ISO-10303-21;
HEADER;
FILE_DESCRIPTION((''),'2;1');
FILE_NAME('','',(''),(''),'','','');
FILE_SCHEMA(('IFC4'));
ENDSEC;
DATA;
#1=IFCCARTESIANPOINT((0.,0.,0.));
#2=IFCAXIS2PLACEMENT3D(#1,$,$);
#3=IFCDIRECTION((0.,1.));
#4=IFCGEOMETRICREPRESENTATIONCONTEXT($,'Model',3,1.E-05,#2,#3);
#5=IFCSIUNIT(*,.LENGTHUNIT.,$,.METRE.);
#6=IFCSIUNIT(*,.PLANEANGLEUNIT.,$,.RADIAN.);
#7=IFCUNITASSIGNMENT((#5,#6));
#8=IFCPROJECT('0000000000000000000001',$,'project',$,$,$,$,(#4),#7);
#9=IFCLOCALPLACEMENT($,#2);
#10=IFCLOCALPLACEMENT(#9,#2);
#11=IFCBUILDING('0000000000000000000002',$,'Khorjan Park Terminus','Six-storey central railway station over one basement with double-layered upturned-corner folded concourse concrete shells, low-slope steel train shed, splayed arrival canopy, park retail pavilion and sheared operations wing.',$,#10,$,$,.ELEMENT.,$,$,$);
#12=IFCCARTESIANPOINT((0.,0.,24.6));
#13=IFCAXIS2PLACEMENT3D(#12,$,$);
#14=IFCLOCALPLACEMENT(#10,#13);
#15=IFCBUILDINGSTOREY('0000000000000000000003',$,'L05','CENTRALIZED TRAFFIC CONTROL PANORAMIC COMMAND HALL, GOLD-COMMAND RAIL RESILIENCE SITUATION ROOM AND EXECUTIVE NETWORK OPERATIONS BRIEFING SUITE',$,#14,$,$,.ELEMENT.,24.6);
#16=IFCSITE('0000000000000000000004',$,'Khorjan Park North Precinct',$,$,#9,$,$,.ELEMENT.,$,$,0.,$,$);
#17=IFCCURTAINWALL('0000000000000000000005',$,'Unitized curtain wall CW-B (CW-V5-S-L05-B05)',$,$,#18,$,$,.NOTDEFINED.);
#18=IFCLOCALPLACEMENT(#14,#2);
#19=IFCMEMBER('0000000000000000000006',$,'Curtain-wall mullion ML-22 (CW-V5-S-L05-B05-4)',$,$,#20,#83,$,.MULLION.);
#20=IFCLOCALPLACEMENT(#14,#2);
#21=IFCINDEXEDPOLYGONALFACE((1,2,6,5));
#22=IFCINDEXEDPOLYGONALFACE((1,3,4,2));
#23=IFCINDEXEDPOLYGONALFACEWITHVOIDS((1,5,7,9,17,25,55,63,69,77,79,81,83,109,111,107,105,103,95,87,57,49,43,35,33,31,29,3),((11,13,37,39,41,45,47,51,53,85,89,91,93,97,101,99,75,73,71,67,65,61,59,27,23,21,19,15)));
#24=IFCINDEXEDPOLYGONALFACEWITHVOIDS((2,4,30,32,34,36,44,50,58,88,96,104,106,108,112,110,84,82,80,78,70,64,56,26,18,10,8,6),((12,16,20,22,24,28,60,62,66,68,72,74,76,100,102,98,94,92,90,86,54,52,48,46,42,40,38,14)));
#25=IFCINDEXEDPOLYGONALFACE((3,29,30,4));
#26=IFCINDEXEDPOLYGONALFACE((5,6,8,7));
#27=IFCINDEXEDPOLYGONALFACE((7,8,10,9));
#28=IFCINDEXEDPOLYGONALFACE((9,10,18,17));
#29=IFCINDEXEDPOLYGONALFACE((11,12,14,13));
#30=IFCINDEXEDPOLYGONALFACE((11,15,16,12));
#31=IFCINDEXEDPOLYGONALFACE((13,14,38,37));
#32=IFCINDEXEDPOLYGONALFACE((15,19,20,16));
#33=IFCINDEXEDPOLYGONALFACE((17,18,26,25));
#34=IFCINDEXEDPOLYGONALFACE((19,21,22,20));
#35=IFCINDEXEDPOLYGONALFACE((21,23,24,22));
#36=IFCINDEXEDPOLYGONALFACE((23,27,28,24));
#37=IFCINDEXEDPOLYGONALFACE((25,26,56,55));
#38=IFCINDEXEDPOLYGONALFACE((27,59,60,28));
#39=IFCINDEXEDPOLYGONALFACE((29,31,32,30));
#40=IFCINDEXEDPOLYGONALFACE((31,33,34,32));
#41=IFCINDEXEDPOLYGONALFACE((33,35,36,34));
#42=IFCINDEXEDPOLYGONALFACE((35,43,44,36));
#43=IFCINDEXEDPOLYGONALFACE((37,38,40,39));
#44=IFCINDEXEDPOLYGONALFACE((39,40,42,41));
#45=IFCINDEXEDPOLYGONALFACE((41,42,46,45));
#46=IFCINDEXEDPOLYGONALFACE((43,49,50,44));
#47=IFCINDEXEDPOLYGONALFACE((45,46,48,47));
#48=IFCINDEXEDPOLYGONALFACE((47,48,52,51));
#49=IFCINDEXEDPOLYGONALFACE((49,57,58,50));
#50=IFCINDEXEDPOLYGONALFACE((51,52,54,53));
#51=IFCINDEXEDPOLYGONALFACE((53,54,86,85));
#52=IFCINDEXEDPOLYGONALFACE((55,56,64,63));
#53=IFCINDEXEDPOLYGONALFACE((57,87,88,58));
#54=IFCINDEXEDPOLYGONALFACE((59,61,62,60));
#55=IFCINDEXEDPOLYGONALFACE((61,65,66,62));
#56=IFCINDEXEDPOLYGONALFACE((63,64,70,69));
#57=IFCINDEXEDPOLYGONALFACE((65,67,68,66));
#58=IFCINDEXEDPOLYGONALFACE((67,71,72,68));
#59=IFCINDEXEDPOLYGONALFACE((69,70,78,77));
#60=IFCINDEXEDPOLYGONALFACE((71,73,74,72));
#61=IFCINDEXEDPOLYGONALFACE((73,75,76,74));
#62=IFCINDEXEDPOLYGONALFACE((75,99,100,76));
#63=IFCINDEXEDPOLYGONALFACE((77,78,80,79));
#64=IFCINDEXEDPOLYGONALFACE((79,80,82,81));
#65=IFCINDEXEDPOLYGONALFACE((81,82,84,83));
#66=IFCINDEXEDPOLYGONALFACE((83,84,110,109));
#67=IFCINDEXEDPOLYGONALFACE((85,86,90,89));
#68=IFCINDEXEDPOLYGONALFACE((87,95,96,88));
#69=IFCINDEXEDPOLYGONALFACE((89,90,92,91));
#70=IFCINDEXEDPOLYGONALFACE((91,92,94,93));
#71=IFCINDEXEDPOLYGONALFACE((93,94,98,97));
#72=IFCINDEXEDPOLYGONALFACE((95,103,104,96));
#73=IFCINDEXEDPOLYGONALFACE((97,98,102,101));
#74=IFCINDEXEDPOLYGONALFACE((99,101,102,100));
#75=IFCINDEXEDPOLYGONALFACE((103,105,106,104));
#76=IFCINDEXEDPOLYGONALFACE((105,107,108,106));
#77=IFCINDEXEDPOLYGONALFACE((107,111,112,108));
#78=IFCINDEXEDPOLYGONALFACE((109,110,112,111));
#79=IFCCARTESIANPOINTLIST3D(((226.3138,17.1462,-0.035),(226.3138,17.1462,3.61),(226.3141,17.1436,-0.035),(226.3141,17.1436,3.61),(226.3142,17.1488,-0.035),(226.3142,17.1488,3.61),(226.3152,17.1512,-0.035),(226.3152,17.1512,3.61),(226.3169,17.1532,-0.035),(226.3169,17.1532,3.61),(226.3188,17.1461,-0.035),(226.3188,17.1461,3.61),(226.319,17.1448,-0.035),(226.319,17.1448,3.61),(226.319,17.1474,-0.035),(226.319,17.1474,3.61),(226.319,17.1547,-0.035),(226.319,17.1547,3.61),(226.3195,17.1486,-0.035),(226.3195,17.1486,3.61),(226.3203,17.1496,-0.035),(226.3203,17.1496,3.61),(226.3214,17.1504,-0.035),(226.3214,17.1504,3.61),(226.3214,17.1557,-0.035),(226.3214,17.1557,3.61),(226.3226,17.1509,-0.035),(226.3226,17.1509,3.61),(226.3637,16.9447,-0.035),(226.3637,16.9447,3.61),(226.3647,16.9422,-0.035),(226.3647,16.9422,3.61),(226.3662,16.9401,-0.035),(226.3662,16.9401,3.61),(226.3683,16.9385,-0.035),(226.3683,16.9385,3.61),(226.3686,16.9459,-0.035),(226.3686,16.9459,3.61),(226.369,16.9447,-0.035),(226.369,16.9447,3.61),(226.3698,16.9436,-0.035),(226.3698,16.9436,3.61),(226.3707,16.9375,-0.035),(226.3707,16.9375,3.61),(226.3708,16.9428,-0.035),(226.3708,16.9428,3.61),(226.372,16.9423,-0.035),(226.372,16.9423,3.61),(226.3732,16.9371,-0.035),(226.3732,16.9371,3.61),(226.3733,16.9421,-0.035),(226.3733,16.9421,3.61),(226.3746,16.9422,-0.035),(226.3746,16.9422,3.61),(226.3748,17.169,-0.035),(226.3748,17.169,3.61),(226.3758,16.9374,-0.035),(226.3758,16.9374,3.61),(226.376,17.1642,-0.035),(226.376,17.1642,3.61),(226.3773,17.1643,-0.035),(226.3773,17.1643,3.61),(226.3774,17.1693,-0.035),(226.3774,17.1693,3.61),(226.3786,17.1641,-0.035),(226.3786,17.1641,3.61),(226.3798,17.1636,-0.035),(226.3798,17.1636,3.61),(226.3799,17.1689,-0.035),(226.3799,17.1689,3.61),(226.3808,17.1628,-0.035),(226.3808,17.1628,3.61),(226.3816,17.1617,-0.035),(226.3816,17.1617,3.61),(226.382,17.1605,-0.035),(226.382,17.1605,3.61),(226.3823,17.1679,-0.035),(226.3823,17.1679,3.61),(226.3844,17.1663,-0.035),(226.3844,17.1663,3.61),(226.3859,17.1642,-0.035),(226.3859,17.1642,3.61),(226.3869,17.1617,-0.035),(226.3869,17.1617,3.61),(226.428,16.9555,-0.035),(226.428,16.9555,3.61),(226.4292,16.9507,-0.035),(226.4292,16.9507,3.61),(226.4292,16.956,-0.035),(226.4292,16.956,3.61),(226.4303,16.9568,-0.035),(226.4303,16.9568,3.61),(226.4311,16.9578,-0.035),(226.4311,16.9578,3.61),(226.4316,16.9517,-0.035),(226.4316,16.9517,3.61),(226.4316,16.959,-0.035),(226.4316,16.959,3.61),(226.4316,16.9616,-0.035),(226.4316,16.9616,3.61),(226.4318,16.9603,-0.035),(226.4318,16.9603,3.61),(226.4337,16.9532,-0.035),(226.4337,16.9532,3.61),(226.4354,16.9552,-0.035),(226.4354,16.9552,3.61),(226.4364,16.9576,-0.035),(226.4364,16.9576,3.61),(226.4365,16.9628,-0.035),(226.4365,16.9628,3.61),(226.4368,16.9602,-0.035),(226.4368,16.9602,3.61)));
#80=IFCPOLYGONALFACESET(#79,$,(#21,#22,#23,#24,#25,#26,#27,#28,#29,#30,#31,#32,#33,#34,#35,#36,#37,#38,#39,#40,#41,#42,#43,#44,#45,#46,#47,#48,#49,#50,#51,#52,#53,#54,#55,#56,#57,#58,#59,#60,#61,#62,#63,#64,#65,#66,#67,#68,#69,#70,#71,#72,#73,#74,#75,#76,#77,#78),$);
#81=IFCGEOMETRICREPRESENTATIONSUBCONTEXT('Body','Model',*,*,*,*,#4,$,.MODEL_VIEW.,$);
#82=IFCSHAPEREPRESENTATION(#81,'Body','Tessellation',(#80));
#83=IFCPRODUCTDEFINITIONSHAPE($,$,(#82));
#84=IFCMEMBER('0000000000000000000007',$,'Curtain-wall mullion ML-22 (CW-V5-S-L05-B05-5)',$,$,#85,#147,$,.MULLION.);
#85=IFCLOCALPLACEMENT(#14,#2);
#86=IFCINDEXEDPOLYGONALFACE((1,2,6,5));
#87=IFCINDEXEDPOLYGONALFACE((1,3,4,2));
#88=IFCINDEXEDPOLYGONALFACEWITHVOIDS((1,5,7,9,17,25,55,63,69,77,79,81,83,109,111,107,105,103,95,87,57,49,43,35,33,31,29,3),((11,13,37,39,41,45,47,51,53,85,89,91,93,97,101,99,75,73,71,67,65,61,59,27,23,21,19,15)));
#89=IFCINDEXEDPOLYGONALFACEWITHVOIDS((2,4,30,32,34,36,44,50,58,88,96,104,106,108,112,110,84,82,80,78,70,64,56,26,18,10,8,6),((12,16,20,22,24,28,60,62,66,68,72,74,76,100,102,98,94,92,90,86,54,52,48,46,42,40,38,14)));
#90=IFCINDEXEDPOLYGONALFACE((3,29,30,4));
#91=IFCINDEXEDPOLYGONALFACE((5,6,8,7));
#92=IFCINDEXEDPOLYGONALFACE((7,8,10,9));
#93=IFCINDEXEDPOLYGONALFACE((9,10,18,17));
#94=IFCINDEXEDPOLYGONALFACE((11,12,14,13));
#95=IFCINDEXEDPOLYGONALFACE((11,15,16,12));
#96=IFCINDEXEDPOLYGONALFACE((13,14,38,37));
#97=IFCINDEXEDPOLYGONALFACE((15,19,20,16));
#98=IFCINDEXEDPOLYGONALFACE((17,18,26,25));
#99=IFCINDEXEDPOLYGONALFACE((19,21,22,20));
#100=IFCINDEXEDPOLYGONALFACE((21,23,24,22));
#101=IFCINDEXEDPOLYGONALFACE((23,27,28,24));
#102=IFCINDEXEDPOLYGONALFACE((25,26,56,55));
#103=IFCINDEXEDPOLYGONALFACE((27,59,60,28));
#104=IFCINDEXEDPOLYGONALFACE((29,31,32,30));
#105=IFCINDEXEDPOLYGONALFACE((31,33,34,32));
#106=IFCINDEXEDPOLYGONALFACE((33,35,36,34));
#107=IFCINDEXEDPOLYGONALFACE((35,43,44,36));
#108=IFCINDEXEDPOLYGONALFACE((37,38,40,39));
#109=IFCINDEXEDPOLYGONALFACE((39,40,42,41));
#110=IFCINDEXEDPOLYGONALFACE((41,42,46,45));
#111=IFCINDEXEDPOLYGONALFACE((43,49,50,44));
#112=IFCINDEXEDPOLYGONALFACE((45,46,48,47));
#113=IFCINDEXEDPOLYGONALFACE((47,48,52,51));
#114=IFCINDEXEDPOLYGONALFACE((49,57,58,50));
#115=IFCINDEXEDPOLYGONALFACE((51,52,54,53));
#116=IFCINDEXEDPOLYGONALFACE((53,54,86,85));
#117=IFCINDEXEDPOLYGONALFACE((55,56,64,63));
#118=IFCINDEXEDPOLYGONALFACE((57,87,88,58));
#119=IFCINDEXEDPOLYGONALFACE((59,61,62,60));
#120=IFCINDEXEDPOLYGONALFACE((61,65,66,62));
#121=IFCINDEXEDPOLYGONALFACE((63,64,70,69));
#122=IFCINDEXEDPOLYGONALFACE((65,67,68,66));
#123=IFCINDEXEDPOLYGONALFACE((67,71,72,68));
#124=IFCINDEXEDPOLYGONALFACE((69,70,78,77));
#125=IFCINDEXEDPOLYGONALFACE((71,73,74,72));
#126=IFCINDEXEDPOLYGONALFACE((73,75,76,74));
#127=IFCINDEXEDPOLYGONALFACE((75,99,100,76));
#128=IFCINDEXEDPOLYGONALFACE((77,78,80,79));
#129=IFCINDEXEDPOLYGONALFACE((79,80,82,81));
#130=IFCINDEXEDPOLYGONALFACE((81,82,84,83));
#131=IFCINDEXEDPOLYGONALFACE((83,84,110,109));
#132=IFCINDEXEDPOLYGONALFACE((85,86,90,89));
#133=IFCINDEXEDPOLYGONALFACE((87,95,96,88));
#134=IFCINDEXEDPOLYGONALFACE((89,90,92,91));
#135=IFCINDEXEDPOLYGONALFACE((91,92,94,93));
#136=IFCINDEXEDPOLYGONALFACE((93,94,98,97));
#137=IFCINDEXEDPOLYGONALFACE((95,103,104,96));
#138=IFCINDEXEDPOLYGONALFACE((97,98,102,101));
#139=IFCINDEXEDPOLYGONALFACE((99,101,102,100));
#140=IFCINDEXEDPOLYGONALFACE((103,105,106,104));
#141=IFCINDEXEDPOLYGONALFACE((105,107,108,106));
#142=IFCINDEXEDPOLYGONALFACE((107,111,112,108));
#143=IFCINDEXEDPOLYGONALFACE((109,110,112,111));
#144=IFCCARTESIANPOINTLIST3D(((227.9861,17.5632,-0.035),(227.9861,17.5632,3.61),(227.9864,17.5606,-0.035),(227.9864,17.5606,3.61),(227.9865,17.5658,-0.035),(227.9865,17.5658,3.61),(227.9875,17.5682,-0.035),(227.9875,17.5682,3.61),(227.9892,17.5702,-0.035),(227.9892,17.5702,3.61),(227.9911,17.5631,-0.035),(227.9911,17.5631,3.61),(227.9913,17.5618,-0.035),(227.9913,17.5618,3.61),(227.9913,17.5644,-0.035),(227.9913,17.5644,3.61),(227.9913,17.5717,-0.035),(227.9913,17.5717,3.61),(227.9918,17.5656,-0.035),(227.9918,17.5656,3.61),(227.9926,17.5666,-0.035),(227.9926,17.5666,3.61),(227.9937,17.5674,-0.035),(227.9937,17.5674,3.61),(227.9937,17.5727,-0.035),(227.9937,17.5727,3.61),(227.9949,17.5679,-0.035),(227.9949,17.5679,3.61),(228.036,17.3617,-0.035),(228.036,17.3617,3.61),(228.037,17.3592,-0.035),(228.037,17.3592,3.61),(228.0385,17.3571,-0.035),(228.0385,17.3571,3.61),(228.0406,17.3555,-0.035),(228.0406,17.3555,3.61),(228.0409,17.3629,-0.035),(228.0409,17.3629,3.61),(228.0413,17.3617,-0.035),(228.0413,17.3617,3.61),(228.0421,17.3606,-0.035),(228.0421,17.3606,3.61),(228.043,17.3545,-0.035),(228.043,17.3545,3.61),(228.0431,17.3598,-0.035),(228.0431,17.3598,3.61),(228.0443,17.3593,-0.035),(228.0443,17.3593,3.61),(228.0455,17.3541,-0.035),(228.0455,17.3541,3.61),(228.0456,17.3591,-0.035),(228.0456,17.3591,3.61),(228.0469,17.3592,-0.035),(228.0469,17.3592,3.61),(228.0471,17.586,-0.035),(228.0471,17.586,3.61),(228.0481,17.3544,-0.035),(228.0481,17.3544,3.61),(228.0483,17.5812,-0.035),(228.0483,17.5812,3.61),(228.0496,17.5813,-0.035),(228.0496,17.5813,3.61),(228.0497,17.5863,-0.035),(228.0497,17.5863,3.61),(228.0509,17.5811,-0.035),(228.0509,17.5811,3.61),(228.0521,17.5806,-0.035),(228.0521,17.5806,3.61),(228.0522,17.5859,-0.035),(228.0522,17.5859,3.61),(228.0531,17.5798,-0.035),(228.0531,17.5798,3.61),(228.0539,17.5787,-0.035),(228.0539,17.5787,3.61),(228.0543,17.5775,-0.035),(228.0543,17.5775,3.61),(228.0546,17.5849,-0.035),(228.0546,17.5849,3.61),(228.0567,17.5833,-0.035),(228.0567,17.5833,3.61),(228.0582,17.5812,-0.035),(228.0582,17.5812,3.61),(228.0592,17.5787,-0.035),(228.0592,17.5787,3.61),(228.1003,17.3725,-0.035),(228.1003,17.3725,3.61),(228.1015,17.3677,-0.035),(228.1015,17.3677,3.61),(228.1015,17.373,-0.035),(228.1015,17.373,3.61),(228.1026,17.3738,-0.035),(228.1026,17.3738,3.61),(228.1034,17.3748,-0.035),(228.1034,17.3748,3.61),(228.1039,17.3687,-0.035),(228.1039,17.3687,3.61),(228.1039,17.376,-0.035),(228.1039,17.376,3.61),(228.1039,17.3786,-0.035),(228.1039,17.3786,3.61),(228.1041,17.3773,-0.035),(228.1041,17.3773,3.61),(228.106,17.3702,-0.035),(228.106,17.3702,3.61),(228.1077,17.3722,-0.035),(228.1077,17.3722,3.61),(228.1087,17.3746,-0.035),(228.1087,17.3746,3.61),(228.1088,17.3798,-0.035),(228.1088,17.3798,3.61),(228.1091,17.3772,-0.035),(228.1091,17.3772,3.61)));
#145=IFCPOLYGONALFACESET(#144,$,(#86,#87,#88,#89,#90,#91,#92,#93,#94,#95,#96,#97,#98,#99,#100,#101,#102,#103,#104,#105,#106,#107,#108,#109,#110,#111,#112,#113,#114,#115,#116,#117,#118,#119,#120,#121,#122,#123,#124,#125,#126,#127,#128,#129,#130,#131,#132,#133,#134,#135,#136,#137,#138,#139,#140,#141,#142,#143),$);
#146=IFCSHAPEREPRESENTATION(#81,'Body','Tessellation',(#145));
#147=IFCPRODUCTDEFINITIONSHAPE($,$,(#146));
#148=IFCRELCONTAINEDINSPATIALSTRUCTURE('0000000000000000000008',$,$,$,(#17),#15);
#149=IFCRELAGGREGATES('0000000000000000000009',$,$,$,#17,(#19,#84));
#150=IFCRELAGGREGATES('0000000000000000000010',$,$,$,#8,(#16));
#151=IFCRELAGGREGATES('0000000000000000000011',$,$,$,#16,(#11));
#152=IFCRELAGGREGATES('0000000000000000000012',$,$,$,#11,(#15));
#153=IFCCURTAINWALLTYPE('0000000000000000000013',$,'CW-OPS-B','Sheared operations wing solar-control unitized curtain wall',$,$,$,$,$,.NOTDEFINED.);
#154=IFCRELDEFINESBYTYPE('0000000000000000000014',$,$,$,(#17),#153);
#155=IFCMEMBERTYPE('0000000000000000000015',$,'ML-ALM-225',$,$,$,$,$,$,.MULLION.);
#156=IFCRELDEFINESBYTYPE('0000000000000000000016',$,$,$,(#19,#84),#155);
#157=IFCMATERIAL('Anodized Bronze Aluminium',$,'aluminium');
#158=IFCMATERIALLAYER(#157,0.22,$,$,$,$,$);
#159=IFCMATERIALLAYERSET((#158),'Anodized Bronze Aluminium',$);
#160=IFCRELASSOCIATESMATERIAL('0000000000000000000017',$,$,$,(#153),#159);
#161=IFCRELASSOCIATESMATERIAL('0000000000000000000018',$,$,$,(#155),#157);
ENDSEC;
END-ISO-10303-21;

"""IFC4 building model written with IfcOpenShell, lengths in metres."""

from ifc_helpers import new_model, si_unit, direction, frame, origin, origin_2d, place, context, subcontext, project, spatial, hollow_rectangle, extrude, material, layer, layer_set, material_profile, profile_set, type_object, element, aggregate, save


model = new_model("IFC4")

# Units and contexts
model_context = context("Model", 3, precision=1e-05, world=origin(), true_north=direction((0.0, 1.0)))
body_context = subcontext(model_context, "Body", "Model", "MODEL_VIEW")
ifc_project = project(units=[si_unit("LENGTHUNIT", "METRE"), si_unit("PLANEANGLEUNIT", "RADIAN")], contexts=[model_context])

# Site, building, storey
site_placement = place(None, origin())
site = spatial("IfcSite", under=ifc_project, at=site_placement, Name="Khorjan Park North Precinct", CompositionType="ELEMENT", RefElevation=0.0)
building_placement = place(site_placement, origin())
building = spatial("IfcBuilding", under=site, at=building_placement, Name="Khorjan Park Terminus", Description="Six-storey central railway station over one basement with double-layered upturned-corner folded concourse concrete shells, low-slope steel train shed, splayed arrival canopy, park retail pavilion and sheared operations wing.", CompositionType="ELEMENT")
storey_placement = place(building_placement, frame((0.0, 0.0, 24.6)))
storey = spatial("IfcBuildingStorey", under=building, at=storey_placement, Name="L05", Description="CENTRALIZED TRAFFIC CONTROL PANORAMIC COMMAND HALL, GOLD-COMMAND RAIL RESILIENCE SITUATION ROOM AND EXECUTIVE NETWORK OPERATIONS BRIEFING SUITE", CompositionType="ELEMENT", Elevation=24.6)

# Curtain wall, members
ifc_material_1 = material(Name="Anodized Bronze Aluminium", Category="aluminium")
ifc_layer_1 = layer(ifc_material_1, 0.22)
ifc_layer_set_1 = layer_set([ifc_layer_1], Name="Anodized Bronze Aluminium")
curtain_wall_type = type_object("IfcCurtainWallType", Name="CW-OPS-B", Description="Sheared operations wing solar-control unitized curtain wall", PredefinedType="NOTDEFINED", material=ifc_layer_set_1)
curtain_wall_placement = place(storey_placement, origin())
curtain_wall = element("IfcCurtainWall", 1, at=curtain_wall_placement, inside=storey, type_object=curtain_wall_type, Name="Unitized curtain wall CW-B (CW-V5-S-L05-B05)", PredefinedType="NOTDEFINED")
ifc_material_profile_1 = material_profile(ifc_material_1, hollow_rectangle(XDim=0.075, YDim=0.225, WallThickness=0.005, InnerFilletRadius=0.005, OuterFilletRadius=0.01, at=origin_2d()), Name="ALM 75x225x5")
ifc_profile_set_1 = profile_set([ifc_material_profile_1], Name="Anodized Bronze Aluminium")
member_type_1 = type_object("IfcMemberType", Name="ML-ALM-225", PredefinedType="MULLION", material=ifc_profile_set_1)
member_1_placement = place(storey_placement, frame((226.3753, 17.0532, -0.035), z_axis=(0.0, 0.0, 1.0), x_axis=(0.970296, 0.241919, 0.0)))
member_1 = element("IfcMember", 2, at=member_1_placement, type_object=member_type_1, Name="Curtain-wall mullion ML-22 (CW-V5-S-L05-B05-4)", PredefinedType="MULLION", context=body_context, shape_type="SweptSolid", body=[
    extrude(hollow_rectangle(XDim=0.075, YDim=0.225, WallThickness=0.005, InnerFilletRadius=0.005, OuterFilletRadius=0.01, at=origin_2d()), origin(), (0.0, 0.0, 1.0), 3.645),
])
member_2_placement = place(storey_placement, frame((228.0476, 17.4702, -0.035), z_axis=(0.0, 0.0, 1.0), x_axis=(0.970296, 0.241919, 0.0)))
member_2 = element("IfcMember", 3, at=member_2_placement, type_object=member_type_1, Name="Curtain-wall mullion ML-22 (CW-V5-S-L05-B05-5)", PredefinedType="MULLION", context=body_context, shape_type="SweptSolid", body=[
    extrude(hollow_rectangle(XDim=0.075, YDim=0.225, WallThickness=0.005, InnerFilletRadius=0.005, OuterFilletRadius=0.01, at=origin_2d()), origin(), (0.0, 0.0, 1.0), 3.645),
])
aggregate(curtain_wall, [member_1, member_2])

save(model, "model.ifc")
